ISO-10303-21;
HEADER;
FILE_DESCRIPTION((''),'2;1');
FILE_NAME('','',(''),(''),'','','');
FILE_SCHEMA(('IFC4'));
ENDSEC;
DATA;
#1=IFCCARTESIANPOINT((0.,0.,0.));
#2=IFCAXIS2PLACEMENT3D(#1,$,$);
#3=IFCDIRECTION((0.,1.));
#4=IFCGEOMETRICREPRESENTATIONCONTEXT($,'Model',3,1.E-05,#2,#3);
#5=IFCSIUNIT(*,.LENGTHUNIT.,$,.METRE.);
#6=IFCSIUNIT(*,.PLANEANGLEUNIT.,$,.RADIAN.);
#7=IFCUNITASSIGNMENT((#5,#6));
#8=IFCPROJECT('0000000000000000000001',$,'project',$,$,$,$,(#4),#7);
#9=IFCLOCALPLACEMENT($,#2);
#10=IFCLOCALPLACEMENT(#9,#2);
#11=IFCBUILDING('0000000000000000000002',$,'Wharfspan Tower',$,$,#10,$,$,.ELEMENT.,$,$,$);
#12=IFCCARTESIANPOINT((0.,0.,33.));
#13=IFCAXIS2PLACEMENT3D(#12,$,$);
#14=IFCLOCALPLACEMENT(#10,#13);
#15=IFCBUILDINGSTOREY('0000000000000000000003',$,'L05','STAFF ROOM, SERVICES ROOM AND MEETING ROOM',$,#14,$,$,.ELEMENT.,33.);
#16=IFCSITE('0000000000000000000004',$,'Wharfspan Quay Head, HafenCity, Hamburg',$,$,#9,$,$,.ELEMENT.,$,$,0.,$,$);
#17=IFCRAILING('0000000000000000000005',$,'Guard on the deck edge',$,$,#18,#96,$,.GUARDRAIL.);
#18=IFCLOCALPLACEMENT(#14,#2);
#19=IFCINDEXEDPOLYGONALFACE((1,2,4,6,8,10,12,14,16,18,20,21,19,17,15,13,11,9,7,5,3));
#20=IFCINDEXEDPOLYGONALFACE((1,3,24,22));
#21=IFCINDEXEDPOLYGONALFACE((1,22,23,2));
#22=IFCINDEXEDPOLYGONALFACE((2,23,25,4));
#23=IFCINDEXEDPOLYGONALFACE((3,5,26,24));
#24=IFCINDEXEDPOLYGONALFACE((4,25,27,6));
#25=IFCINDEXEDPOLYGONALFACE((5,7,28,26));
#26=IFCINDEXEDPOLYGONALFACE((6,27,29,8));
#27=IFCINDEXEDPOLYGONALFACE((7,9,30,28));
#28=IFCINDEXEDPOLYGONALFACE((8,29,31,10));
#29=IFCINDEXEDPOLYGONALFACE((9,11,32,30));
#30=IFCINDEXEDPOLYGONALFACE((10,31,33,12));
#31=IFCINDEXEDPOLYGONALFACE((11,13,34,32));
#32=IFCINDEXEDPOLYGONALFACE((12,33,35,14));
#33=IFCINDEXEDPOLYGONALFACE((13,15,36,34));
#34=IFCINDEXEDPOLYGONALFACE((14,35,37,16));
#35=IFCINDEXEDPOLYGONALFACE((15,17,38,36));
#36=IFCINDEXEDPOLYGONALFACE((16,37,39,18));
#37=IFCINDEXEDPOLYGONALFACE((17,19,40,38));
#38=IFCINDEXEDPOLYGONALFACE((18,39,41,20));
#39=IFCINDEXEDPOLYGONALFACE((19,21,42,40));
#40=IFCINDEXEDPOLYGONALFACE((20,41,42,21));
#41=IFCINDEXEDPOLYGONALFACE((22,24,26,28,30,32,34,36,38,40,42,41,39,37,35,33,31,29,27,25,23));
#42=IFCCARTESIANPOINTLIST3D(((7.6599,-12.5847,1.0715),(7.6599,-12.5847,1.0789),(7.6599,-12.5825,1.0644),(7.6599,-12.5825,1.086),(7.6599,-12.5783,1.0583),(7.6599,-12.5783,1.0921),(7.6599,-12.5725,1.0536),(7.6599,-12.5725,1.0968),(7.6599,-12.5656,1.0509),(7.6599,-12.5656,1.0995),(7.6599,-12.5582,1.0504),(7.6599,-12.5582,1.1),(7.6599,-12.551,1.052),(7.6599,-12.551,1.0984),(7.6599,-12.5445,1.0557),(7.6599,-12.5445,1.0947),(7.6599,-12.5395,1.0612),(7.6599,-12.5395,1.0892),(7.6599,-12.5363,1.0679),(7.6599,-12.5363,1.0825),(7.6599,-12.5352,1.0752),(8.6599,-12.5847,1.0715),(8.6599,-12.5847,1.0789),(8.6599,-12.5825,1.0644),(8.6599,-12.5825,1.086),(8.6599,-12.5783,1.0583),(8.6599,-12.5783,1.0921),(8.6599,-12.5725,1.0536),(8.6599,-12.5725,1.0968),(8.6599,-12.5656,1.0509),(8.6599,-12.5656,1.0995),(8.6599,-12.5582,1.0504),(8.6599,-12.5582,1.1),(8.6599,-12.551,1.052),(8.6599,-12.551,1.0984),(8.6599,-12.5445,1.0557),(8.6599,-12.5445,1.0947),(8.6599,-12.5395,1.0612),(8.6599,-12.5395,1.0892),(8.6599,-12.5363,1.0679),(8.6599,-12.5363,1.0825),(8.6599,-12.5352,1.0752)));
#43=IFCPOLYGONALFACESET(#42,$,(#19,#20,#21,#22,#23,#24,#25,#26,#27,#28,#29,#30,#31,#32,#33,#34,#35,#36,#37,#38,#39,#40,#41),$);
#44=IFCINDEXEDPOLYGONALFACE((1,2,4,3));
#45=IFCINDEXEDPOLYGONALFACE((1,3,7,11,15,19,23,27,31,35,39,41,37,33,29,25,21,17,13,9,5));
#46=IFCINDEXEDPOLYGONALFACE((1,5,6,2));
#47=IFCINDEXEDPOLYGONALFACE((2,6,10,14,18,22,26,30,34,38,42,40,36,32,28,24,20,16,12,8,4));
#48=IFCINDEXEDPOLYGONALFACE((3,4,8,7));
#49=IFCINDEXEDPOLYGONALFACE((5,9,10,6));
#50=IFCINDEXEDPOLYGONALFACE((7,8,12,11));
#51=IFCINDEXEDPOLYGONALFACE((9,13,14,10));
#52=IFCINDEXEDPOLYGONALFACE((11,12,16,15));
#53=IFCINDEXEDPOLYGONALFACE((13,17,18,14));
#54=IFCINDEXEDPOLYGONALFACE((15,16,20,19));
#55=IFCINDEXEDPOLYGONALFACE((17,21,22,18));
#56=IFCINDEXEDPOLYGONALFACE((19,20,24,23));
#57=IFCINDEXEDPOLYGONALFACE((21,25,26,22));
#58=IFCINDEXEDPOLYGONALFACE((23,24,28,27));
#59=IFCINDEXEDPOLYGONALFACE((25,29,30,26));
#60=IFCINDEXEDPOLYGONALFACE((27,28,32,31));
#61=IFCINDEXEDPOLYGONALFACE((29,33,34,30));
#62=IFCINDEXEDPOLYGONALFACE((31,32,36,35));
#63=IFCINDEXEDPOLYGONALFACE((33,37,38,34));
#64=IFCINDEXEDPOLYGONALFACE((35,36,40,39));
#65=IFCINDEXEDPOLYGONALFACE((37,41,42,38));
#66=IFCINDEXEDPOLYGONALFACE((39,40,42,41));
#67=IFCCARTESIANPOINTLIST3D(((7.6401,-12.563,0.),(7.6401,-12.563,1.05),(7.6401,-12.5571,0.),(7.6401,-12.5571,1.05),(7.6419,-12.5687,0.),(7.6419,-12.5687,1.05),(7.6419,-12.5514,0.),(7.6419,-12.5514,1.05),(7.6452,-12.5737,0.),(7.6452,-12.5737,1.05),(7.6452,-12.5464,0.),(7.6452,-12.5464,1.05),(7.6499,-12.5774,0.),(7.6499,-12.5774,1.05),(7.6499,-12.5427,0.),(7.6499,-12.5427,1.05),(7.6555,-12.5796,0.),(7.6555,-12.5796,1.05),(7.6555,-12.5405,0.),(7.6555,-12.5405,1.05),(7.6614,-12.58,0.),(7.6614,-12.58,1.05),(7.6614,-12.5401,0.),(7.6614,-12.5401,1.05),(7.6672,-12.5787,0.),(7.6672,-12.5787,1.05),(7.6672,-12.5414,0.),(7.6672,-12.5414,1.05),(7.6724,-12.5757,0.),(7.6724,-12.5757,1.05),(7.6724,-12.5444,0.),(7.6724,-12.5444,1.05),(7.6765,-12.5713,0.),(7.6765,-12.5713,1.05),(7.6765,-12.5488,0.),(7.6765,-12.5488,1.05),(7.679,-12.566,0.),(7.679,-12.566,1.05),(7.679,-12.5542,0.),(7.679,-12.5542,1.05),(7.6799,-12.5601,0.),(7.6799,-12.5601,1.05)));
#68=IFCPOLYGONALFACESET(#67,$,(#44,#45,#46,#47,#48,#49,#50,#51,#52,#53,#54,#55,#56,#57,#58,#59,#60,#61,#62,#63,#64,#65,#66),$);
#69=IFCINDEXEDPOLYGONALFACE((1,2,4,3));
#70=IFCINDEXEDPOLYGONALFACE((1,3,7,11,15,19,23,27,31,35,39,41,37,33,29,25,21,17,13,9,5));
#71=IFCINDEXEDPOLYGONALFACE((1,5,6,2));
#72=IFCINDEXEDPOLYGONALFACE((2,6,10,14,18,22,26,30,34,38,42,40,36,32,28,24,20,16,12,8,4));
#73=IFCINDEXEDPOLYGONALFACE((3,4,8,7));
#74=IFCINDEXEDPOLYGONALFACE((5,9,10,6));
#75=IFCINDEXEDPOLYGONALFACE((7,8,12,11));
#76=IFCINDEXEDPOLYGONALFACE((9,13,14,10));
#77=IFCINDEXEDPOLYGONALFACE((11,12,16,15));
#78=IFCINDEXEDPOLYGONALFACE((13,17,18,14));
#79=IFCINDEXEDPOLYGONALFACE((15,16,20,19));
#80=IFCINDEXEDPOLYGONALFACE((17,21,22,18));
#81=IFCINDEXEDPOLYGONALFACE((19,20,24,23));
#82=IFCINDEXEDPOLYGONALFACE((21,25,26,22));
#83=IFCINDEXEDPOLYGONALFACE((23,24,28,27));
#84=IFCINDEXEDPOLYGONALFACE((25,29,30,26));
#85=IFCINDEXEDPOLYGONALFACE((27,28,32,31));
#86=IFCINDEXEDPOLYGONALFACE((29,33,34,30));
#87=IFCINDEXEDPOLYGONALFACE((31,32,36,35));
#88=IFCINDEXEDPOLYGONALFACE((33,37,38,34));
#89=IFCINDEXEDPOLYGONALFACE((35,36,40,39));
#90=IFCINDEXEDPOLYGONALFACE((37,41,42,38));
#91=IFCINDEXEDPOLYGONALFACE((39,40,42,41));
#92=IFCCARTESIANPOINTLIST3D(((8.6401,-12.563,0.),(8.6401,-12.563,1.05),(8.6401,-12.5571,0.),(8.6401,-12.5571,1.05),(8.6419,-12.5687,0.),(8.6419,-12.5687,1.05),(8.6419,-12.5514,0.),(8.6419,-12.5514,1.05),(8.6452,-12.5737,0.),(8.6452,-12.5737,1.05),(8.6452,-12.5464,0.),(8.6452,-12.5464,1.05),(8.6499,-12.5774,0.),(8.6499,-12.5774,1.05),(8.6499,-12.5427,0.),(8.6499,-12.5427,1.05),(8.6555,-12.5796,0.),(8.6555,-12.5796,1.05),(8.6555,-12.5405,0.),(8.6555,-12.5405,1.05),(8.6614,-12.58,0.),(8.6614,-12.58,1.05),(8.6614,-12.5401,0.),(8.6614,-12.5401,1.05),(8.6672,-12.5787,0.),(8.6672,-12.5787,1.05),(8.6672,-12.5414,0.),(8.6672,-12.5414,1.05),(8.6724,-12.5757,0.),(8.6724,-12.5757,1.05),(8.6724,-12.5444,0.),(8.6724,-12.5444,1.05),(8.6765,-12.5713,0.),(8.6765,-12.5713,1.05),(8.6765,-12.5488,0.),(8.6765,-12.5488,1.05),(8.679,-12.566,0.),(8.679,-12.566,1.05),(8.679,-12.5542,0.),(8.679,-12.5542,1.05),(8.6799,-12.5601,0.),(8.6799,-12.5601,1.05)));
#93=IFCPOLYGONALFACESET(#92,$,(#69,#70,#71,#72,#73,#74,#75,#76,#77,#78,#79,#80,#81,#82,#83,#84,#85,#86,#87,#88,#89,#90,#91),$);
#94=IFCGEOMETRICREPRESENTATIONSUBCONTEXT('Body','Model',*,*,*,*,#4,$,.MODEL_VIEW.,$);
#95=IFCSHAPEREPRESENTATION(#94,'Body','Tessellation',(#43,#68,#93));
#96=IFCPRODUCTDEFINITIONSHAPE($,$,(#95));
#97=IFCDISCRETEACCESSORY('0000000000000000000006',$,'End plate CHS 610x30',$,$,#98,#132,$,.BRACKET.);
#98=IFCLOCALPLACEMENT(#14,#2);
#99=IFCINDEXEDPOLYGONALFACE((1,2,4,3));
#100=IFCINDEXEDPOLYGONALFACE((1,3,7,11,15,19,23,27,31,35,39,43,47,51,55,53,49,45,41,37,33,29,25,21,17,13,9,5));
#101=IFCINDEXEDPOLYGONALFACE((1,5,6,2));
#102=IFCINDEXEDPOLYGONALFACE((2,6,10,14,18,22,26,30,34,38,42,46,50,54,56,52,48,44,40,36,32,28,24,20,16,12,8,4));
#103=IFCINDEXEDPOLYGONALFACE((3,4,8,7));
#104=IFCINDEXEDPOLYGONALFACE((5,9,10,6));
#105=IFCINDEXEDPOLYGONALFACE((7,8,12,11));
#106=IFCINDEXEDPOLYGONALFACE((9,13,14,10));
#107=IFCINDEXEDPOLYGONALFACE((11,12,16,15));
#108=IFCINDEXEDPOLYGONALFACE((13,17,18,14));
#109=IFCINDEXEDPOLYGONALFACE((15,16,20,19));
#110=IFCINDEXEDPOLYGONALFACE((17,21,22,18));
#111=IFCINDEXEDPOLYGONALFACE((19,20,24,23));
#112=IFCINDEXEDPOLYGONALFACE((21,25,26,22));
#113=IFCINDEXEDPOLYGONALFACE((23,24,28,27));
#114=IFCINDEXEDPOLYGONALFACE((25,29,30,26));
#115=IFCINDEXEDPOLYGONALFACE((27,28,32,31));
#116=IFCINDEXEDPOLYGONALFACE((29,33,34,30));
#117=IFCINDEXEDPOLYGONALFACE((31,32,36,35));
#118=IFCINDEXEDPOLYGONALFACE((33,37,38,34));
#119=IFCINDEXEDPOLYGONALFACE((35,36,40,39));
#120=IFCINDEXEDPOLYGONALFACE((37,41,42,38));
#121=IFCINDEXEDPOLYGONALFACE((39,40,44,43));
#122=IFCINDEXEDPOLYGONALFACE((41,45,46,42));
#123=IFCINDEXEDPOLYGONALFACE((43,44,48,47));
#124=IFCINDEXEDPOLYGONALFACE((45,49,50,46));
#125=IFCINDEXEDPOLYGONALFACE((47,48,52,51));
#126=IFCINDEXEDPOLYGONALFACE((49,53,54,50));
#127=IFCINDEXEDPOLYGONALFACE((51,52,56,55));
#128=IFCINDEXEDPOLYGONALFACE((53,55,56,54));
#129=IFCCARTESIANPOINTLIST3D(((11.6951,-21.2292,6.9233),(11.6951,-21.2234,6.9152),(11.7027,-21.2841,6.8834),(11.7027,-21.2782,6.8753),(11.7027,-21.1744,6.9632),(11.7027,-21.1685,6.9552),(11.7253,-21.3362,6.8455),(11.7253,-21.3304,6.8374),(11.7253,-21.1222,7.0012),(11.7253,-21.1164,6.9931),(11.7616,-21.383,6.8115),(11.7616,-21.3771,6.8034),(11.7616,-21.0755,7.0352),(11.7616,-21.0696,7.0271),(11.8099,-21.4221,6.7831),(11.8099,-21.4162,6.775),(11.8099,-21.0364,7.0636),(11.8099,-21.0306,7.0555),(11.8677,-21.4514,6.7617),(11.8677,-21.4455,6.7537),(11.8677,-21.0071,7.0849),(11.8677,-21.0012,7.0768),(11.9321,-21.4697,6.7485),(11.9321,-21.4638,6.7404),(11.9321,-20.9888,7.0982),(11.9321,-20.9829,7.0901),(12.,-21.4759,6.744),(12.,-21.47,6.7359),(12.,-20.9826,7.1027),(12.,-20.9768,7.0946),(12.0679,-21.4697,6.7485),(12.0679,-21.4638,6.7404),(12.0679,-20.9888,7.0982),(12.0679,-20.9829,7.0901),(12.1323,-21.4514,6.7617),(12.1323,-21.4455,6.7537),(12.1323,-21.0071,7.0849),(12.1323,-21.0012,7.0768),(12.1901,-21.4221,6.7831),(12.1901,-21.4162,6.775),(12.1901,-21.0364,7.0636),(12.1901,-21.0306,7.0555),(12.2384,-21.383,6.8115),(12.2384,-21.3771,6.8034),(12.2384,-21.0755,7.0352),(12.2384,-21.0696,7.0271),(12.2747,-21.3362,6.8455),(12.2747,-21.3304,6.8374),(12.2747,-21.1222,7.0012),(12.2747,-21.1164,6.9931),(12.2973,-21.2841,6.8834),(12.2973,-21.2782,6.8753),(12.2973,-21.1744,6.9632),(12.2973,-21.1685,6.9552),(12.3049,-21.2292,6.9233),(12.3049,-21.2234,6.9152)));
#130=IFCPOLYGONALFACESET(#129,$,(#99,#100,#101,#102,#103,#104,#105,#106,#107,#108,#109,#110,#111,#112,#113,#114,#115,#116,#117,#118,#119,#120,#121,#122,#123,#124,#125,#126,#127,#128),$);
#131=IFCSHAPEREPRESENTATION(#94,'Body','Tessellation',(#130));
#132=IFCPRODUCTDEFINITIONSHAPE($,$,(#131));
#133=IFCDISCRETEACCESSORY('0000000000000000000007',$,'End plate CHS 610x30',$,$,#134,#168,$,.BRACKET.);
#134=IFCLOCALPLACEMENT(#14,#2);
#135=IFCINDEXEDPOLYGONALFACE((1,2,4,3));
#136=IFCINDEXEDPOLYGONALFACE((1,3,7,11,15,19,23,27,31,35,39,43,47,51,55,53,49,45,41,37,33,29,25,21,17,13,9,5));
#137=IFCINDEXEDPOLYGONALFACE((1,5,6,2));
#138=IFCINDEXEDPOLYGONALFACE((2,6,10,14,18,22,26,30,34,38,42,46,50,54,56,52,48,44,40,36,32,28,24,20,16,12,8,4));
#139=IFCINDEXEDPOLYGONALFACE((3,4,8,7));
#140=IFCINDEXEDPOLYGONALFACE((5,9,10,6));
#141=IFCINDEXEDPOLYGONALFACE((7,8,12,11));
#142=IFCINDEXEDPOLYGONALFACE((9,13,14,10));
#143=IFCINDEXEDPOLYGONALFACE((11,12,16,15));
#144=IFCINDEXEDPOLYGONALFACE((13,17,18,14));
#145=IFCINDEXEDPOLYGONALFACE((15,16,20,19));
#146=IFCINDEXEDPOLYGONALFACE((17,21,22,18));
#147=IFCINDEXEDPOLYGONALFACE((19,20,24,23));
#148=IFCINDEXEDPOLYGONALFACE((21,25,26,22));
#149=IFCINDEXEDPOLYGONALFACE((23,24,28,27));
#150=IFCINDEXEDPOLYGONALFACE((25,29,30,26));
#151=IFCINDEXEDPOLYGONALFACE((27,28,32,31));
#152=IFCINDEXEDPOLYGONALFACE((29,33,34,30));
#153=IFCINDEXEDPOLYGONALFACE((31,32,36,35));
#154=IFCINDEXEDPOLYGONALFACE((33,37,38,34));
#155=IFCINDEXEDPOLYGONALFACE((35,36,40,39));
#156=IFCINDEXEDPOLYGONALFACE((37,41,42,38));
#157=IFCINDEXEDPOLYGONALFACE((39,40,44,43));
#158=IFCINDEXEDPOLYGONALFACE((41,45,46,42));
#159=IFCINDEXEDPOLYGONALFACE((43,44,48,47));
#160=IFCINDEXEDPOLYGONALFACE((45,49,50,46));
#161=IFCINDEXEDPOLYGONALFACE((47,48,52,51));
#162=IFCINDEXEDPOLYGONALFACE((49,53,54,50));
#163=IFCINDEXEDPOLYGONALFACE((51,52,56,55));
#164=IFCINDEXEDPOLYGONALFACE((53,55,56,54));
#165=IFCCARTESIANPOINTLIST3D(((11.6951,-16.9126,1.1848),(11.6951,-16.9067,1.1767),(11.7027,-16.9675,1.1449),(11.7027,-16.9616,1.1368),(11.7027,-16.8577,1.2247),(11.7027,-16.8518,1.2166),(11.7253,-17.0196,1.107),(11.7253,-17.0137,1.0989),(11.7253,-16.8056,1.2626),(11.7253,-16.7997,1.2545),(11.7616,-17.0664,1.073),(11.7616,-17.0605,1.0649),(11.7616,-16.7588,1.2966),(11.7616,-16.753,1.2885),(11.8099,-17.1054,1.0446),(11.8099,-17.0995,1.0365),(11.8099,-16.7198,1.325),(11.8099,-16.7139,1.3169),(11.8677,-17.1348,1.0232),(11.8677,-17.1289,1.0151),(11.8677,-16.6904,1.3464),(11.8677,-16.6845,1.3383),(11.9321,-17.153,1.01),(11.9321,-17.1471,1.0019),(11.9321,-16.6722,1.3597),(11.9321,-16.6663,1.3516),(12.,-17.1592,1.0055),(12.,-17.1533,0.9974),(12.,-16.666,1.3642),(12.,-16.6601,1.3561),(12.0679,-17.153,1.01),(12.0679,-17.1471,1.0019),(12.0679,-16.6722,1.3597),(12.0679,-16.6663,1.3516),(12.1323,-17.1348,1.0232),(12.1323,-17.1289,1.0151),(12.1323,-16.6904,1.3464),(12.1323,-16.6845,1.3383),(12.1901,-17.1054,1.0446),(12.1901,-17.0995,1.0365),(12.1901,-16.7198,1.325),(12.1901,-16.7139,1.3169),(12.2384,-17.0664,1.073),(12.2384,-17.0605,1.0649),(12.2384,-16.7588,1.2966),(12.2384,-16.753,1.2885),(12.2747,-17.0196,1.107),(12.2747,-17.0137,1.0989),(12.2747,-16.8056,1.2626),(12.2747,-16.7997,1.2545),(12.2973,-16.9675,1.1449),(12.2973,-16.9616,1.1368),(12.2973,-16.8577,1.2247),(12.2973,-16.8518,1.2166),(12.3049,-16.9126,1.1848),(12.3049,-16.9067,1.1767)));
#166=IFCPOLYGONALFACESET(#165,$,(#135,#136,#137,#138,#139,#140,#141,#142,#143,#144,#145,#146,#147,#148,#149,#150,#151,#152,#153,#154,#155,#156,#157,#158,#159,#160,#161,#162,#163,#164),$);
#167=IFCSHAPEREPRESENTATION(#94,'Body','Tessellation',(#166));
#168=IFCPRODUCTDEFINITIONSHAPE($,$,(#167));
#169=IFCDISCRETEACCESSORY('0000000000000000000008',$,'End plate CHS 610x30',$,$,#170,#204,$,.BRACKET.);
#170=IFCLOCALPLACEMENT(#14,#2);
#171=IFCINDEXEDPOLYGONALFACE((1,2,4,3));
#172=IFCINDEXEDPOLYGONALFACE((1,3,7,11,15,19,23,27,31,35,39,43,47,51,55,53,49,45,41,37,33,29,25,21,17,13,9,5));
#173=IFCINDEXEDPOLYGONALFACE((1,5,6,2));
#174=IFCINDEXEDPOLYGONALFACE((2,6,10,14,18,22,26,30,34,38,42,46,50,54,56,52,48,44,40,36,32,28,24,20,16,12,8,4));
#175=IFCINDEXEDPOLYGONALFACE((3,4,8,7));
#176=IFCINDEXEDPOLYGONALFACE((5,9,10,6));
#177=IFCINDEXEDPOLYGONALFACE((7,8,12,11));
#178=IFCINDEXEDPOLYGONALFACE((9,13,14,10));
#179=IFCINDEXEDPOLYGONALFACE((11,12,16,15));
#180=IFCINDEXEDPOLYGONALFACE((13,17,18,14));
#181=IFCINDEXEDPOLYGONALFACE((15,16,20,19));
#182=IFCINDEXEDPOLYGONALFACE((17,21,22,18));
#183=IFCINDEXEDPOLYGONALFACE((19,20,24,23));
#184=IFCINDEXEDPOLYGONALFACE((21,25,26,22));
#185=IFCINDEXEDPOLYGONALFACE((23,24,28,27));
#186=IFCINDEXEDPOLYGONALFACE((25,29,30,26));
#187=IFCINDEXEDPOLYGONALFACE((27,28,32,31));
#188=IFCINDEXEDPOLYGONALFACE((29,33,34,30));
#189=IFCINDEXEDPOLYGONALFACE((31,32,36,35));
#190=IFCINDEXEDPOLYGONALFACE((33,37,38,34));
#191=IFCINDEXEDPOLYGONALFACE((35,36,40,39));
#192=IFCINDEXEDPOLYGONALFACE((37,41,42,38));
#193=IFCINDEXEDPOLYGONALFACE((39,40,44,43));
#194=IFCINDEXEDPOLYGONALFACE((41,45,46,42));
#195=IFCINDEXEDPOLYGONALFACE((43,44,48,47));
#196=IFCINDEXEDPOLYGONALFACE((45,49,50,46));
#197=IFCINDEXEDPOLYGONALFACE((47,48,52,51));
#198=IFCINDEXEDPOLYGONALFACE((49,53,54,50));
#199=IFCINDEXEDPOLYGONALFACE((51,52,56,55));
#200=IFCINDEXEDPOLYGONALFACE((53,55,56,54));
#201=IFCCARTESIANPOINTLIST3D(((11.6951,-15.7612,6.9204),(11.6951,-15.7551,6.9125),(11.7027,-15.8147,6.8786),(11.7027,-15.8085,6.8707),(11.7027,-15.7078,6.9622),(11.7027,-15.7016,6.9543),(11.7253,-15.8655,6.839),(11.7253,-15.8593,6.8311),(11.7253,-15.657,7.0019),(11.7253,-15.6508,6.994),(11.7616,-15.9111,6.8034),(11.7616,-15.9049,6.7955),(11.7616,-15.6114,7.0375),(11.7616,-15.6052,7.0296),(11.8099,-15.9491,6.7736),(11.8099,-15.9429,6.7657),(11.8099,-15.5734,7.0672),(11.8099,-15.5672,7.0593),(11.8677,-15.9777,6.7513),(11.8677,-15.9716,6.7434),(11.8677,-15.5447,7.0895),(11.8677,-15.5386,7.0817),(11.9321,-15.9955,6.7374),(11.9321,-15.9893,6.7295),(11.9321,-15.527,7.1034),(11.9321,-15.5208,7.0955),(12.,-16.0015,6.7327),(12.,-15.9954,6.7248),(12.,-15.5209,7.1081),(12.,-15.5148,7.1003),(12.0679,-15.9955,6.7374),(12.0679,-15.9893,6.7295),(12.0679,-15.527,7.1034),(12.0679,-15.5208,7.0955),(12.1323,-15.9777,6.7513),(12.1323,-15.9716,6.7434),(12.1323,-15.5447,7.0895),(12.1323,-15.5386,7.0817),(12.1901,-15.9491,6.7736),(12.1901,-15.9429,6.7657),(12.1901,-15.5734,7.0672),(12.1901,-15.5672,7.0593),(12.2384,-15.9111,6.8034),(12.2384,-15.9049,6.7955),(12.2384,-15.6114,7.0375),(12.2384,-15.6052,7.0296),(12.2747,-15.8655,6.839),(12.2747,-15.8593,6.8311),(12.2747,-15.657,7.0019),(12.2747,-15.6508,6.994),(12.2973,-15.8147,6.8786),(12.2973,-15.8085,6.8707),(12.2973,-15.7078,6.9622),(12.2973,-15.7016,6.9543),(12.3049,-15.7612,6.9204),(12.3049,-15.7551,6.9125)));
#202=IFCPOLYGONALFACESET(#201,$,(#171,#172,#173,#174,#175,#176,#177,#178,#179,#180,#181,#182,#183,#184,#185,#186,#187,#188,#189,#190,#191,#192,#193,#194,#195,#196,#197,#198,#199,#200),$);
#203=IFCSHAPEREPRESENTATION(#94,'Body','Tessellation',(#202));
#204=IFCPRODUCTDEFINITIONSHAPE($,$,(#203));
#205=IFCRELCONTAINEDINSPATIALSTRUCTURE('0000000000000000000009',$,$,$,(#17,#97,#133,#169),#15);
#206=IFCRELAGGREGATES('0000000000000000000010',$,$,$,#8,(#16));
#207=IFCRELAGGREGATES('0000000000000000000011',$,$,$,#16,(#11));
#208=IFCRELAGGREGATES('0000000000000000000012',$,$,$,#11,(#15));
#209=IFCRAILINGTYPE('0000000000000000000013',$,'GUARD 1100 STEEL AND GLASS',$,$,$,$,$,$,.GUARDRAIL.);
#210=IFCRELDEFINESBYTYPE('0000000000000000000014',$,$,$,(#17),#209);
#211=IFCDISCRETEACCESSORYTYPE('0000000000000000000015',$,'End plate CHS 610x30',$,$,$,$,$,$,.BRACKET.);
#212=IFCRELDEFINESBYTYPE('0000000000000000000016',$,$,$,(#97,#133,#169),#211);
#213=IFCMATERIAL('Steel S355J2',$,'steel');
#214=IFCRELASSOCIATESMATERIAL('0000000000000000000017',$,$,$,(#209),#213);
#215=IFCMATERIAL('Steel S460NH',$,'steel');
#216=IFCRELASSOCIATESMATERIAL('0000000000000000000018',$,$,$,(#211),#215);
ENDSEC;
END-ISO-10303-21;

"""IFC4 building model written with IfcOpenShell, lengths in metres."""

from ifc_helpers import new_model, si_unit, direction, frame, origin, origin_2d, place, context, subcontext, project, spatial, circle, extrude, material, material_profile, profile_set, type_object, element, save


model = new_model("IFC4")

# Units and contexts
model_context = context("Model", 3, precision=1e-05, world=origin(), true_north=direction((0.0, 1.0)))
body_context = subcontext(model_context, "Body", "Model", "MODEL_VIEW")
ifc_project = project(units=[si_unit("LENGTHUNIT", "METRE"), si_unit("PLANEANGLEUNIT", "RADIAN")], contexts=[model_context])

# Site, building, storey
site_placement = place(None, origin())
site = spatial("IfcSite", under=ifc_project, at=site_placement, Name="Wharfspan Quay Head, HafenCity, Hamburg", CompositionType="ELEMENT", RefElevation=0.0)
building_placement = place(site_placement, origin())
building = spatial("IfcBuilding", under=site, at=building_placement, Name="Wharfspan Tower", CompositionType="ELEMENT")
storey_placement = place(building_placement, frame((0.0, 0.0, 33.0)))
storey = spatial("IfcBuildingStorey", under=building, at=storey_placement, Name="L05", Description="STAFF ROOM, SERVICES ROOM AND MEETING ROOM", CompositionType="ELEMENT", Elevation=33.0)

# Shared definitions
ifc_material_1 = material(Name="Steel S460NH", Category="steel")

# Railing
ifc_material_2 = material(Name="Steel S355J2", Category="steel")
railing_type = type_object("IfcRailingType", Name="GUARD 1100 STEEL AND GLASS", PredefinedType="GUARDRAIL", material=ifc_material_2)
railing_1_placement = place(storey_placement, frame((7.6599, -12.5601, 0.0)))
element("IfcRailing", 1, at=railing_1_placement, inside=storey, type_object=railing_type, Name="Guard on the deck edge", PredefinedType="GUARDRAIL", context=body_context, shape_type="SweptSolid", body=[
    extrude(circle(Radius=0.0249, at=origin_2d()), frame((0.0, 0.0, 1.0752), z_axis=(1.0, 0.0, 0.0), x_axis=(0.0, 1.0, 0.0)), (0.0, 0.0, 1.0), 1.0),
    extrude(circle(Radius=0.02, at=origin_2d()), origin(), (0.0, 0.0, 1.0), 1.05),
    extrude(circle(Radius=0.02, at=origin_2d()), frame((1.0, 0.0, 0.0)), (0.0, 0.0, 1.0), 1.05),
])

# Discrete accessories
ifc_material_profile_1 = material_profile(ifc_material_1, circle(Radius=0.3049, at=origin_2d()))
ifc_profile_set_1 = profile_set([ifc_material_profile_1], Name="Steel S460NH")
discrete_accessory_type = type_object("IfcDiscreteAccessoryType", Name="End plate CHS 610x30", PredefinedType="BRACKET", material=ifc_profile_set_1)
for number, where, z_axis, x_axis, name in (
    (2, (12.0, -21.2292, 6.9233), (0.0, 0.588172, -0.808736), (-1.0, 0.0, 0.0), "End plate CHS 610x30"),
    (3, (12.0, -16.9126, 1.1848), (0.0, 0.588172, -0.808736), (-1.0, 0.0, 0.0), "End plate CHS 610x30"),
    (4, (12.0, -15.7612, 6.9204), (0.0, 0.615644, -0.788024), (-1.0, 0.0, 0.0), "End plate CHS 610x30"),
):
    element("IfcDiscreteAccessory", number, at=place(storey_placement, frame(where, z_axis=z_axis, x_axis=x_axis)), inside=storey, type_object=discrete_accessory_type, Name=name, PredefinedType="BRACKET", context=body_context, shape_type="SweptSolid", body=[
        extrude(circle(Radius=0.3049, at=origin_2d()), origin(), (0.0, 0.0, 1.0), 0.01),
    ])

save(model, "model.ifc")
